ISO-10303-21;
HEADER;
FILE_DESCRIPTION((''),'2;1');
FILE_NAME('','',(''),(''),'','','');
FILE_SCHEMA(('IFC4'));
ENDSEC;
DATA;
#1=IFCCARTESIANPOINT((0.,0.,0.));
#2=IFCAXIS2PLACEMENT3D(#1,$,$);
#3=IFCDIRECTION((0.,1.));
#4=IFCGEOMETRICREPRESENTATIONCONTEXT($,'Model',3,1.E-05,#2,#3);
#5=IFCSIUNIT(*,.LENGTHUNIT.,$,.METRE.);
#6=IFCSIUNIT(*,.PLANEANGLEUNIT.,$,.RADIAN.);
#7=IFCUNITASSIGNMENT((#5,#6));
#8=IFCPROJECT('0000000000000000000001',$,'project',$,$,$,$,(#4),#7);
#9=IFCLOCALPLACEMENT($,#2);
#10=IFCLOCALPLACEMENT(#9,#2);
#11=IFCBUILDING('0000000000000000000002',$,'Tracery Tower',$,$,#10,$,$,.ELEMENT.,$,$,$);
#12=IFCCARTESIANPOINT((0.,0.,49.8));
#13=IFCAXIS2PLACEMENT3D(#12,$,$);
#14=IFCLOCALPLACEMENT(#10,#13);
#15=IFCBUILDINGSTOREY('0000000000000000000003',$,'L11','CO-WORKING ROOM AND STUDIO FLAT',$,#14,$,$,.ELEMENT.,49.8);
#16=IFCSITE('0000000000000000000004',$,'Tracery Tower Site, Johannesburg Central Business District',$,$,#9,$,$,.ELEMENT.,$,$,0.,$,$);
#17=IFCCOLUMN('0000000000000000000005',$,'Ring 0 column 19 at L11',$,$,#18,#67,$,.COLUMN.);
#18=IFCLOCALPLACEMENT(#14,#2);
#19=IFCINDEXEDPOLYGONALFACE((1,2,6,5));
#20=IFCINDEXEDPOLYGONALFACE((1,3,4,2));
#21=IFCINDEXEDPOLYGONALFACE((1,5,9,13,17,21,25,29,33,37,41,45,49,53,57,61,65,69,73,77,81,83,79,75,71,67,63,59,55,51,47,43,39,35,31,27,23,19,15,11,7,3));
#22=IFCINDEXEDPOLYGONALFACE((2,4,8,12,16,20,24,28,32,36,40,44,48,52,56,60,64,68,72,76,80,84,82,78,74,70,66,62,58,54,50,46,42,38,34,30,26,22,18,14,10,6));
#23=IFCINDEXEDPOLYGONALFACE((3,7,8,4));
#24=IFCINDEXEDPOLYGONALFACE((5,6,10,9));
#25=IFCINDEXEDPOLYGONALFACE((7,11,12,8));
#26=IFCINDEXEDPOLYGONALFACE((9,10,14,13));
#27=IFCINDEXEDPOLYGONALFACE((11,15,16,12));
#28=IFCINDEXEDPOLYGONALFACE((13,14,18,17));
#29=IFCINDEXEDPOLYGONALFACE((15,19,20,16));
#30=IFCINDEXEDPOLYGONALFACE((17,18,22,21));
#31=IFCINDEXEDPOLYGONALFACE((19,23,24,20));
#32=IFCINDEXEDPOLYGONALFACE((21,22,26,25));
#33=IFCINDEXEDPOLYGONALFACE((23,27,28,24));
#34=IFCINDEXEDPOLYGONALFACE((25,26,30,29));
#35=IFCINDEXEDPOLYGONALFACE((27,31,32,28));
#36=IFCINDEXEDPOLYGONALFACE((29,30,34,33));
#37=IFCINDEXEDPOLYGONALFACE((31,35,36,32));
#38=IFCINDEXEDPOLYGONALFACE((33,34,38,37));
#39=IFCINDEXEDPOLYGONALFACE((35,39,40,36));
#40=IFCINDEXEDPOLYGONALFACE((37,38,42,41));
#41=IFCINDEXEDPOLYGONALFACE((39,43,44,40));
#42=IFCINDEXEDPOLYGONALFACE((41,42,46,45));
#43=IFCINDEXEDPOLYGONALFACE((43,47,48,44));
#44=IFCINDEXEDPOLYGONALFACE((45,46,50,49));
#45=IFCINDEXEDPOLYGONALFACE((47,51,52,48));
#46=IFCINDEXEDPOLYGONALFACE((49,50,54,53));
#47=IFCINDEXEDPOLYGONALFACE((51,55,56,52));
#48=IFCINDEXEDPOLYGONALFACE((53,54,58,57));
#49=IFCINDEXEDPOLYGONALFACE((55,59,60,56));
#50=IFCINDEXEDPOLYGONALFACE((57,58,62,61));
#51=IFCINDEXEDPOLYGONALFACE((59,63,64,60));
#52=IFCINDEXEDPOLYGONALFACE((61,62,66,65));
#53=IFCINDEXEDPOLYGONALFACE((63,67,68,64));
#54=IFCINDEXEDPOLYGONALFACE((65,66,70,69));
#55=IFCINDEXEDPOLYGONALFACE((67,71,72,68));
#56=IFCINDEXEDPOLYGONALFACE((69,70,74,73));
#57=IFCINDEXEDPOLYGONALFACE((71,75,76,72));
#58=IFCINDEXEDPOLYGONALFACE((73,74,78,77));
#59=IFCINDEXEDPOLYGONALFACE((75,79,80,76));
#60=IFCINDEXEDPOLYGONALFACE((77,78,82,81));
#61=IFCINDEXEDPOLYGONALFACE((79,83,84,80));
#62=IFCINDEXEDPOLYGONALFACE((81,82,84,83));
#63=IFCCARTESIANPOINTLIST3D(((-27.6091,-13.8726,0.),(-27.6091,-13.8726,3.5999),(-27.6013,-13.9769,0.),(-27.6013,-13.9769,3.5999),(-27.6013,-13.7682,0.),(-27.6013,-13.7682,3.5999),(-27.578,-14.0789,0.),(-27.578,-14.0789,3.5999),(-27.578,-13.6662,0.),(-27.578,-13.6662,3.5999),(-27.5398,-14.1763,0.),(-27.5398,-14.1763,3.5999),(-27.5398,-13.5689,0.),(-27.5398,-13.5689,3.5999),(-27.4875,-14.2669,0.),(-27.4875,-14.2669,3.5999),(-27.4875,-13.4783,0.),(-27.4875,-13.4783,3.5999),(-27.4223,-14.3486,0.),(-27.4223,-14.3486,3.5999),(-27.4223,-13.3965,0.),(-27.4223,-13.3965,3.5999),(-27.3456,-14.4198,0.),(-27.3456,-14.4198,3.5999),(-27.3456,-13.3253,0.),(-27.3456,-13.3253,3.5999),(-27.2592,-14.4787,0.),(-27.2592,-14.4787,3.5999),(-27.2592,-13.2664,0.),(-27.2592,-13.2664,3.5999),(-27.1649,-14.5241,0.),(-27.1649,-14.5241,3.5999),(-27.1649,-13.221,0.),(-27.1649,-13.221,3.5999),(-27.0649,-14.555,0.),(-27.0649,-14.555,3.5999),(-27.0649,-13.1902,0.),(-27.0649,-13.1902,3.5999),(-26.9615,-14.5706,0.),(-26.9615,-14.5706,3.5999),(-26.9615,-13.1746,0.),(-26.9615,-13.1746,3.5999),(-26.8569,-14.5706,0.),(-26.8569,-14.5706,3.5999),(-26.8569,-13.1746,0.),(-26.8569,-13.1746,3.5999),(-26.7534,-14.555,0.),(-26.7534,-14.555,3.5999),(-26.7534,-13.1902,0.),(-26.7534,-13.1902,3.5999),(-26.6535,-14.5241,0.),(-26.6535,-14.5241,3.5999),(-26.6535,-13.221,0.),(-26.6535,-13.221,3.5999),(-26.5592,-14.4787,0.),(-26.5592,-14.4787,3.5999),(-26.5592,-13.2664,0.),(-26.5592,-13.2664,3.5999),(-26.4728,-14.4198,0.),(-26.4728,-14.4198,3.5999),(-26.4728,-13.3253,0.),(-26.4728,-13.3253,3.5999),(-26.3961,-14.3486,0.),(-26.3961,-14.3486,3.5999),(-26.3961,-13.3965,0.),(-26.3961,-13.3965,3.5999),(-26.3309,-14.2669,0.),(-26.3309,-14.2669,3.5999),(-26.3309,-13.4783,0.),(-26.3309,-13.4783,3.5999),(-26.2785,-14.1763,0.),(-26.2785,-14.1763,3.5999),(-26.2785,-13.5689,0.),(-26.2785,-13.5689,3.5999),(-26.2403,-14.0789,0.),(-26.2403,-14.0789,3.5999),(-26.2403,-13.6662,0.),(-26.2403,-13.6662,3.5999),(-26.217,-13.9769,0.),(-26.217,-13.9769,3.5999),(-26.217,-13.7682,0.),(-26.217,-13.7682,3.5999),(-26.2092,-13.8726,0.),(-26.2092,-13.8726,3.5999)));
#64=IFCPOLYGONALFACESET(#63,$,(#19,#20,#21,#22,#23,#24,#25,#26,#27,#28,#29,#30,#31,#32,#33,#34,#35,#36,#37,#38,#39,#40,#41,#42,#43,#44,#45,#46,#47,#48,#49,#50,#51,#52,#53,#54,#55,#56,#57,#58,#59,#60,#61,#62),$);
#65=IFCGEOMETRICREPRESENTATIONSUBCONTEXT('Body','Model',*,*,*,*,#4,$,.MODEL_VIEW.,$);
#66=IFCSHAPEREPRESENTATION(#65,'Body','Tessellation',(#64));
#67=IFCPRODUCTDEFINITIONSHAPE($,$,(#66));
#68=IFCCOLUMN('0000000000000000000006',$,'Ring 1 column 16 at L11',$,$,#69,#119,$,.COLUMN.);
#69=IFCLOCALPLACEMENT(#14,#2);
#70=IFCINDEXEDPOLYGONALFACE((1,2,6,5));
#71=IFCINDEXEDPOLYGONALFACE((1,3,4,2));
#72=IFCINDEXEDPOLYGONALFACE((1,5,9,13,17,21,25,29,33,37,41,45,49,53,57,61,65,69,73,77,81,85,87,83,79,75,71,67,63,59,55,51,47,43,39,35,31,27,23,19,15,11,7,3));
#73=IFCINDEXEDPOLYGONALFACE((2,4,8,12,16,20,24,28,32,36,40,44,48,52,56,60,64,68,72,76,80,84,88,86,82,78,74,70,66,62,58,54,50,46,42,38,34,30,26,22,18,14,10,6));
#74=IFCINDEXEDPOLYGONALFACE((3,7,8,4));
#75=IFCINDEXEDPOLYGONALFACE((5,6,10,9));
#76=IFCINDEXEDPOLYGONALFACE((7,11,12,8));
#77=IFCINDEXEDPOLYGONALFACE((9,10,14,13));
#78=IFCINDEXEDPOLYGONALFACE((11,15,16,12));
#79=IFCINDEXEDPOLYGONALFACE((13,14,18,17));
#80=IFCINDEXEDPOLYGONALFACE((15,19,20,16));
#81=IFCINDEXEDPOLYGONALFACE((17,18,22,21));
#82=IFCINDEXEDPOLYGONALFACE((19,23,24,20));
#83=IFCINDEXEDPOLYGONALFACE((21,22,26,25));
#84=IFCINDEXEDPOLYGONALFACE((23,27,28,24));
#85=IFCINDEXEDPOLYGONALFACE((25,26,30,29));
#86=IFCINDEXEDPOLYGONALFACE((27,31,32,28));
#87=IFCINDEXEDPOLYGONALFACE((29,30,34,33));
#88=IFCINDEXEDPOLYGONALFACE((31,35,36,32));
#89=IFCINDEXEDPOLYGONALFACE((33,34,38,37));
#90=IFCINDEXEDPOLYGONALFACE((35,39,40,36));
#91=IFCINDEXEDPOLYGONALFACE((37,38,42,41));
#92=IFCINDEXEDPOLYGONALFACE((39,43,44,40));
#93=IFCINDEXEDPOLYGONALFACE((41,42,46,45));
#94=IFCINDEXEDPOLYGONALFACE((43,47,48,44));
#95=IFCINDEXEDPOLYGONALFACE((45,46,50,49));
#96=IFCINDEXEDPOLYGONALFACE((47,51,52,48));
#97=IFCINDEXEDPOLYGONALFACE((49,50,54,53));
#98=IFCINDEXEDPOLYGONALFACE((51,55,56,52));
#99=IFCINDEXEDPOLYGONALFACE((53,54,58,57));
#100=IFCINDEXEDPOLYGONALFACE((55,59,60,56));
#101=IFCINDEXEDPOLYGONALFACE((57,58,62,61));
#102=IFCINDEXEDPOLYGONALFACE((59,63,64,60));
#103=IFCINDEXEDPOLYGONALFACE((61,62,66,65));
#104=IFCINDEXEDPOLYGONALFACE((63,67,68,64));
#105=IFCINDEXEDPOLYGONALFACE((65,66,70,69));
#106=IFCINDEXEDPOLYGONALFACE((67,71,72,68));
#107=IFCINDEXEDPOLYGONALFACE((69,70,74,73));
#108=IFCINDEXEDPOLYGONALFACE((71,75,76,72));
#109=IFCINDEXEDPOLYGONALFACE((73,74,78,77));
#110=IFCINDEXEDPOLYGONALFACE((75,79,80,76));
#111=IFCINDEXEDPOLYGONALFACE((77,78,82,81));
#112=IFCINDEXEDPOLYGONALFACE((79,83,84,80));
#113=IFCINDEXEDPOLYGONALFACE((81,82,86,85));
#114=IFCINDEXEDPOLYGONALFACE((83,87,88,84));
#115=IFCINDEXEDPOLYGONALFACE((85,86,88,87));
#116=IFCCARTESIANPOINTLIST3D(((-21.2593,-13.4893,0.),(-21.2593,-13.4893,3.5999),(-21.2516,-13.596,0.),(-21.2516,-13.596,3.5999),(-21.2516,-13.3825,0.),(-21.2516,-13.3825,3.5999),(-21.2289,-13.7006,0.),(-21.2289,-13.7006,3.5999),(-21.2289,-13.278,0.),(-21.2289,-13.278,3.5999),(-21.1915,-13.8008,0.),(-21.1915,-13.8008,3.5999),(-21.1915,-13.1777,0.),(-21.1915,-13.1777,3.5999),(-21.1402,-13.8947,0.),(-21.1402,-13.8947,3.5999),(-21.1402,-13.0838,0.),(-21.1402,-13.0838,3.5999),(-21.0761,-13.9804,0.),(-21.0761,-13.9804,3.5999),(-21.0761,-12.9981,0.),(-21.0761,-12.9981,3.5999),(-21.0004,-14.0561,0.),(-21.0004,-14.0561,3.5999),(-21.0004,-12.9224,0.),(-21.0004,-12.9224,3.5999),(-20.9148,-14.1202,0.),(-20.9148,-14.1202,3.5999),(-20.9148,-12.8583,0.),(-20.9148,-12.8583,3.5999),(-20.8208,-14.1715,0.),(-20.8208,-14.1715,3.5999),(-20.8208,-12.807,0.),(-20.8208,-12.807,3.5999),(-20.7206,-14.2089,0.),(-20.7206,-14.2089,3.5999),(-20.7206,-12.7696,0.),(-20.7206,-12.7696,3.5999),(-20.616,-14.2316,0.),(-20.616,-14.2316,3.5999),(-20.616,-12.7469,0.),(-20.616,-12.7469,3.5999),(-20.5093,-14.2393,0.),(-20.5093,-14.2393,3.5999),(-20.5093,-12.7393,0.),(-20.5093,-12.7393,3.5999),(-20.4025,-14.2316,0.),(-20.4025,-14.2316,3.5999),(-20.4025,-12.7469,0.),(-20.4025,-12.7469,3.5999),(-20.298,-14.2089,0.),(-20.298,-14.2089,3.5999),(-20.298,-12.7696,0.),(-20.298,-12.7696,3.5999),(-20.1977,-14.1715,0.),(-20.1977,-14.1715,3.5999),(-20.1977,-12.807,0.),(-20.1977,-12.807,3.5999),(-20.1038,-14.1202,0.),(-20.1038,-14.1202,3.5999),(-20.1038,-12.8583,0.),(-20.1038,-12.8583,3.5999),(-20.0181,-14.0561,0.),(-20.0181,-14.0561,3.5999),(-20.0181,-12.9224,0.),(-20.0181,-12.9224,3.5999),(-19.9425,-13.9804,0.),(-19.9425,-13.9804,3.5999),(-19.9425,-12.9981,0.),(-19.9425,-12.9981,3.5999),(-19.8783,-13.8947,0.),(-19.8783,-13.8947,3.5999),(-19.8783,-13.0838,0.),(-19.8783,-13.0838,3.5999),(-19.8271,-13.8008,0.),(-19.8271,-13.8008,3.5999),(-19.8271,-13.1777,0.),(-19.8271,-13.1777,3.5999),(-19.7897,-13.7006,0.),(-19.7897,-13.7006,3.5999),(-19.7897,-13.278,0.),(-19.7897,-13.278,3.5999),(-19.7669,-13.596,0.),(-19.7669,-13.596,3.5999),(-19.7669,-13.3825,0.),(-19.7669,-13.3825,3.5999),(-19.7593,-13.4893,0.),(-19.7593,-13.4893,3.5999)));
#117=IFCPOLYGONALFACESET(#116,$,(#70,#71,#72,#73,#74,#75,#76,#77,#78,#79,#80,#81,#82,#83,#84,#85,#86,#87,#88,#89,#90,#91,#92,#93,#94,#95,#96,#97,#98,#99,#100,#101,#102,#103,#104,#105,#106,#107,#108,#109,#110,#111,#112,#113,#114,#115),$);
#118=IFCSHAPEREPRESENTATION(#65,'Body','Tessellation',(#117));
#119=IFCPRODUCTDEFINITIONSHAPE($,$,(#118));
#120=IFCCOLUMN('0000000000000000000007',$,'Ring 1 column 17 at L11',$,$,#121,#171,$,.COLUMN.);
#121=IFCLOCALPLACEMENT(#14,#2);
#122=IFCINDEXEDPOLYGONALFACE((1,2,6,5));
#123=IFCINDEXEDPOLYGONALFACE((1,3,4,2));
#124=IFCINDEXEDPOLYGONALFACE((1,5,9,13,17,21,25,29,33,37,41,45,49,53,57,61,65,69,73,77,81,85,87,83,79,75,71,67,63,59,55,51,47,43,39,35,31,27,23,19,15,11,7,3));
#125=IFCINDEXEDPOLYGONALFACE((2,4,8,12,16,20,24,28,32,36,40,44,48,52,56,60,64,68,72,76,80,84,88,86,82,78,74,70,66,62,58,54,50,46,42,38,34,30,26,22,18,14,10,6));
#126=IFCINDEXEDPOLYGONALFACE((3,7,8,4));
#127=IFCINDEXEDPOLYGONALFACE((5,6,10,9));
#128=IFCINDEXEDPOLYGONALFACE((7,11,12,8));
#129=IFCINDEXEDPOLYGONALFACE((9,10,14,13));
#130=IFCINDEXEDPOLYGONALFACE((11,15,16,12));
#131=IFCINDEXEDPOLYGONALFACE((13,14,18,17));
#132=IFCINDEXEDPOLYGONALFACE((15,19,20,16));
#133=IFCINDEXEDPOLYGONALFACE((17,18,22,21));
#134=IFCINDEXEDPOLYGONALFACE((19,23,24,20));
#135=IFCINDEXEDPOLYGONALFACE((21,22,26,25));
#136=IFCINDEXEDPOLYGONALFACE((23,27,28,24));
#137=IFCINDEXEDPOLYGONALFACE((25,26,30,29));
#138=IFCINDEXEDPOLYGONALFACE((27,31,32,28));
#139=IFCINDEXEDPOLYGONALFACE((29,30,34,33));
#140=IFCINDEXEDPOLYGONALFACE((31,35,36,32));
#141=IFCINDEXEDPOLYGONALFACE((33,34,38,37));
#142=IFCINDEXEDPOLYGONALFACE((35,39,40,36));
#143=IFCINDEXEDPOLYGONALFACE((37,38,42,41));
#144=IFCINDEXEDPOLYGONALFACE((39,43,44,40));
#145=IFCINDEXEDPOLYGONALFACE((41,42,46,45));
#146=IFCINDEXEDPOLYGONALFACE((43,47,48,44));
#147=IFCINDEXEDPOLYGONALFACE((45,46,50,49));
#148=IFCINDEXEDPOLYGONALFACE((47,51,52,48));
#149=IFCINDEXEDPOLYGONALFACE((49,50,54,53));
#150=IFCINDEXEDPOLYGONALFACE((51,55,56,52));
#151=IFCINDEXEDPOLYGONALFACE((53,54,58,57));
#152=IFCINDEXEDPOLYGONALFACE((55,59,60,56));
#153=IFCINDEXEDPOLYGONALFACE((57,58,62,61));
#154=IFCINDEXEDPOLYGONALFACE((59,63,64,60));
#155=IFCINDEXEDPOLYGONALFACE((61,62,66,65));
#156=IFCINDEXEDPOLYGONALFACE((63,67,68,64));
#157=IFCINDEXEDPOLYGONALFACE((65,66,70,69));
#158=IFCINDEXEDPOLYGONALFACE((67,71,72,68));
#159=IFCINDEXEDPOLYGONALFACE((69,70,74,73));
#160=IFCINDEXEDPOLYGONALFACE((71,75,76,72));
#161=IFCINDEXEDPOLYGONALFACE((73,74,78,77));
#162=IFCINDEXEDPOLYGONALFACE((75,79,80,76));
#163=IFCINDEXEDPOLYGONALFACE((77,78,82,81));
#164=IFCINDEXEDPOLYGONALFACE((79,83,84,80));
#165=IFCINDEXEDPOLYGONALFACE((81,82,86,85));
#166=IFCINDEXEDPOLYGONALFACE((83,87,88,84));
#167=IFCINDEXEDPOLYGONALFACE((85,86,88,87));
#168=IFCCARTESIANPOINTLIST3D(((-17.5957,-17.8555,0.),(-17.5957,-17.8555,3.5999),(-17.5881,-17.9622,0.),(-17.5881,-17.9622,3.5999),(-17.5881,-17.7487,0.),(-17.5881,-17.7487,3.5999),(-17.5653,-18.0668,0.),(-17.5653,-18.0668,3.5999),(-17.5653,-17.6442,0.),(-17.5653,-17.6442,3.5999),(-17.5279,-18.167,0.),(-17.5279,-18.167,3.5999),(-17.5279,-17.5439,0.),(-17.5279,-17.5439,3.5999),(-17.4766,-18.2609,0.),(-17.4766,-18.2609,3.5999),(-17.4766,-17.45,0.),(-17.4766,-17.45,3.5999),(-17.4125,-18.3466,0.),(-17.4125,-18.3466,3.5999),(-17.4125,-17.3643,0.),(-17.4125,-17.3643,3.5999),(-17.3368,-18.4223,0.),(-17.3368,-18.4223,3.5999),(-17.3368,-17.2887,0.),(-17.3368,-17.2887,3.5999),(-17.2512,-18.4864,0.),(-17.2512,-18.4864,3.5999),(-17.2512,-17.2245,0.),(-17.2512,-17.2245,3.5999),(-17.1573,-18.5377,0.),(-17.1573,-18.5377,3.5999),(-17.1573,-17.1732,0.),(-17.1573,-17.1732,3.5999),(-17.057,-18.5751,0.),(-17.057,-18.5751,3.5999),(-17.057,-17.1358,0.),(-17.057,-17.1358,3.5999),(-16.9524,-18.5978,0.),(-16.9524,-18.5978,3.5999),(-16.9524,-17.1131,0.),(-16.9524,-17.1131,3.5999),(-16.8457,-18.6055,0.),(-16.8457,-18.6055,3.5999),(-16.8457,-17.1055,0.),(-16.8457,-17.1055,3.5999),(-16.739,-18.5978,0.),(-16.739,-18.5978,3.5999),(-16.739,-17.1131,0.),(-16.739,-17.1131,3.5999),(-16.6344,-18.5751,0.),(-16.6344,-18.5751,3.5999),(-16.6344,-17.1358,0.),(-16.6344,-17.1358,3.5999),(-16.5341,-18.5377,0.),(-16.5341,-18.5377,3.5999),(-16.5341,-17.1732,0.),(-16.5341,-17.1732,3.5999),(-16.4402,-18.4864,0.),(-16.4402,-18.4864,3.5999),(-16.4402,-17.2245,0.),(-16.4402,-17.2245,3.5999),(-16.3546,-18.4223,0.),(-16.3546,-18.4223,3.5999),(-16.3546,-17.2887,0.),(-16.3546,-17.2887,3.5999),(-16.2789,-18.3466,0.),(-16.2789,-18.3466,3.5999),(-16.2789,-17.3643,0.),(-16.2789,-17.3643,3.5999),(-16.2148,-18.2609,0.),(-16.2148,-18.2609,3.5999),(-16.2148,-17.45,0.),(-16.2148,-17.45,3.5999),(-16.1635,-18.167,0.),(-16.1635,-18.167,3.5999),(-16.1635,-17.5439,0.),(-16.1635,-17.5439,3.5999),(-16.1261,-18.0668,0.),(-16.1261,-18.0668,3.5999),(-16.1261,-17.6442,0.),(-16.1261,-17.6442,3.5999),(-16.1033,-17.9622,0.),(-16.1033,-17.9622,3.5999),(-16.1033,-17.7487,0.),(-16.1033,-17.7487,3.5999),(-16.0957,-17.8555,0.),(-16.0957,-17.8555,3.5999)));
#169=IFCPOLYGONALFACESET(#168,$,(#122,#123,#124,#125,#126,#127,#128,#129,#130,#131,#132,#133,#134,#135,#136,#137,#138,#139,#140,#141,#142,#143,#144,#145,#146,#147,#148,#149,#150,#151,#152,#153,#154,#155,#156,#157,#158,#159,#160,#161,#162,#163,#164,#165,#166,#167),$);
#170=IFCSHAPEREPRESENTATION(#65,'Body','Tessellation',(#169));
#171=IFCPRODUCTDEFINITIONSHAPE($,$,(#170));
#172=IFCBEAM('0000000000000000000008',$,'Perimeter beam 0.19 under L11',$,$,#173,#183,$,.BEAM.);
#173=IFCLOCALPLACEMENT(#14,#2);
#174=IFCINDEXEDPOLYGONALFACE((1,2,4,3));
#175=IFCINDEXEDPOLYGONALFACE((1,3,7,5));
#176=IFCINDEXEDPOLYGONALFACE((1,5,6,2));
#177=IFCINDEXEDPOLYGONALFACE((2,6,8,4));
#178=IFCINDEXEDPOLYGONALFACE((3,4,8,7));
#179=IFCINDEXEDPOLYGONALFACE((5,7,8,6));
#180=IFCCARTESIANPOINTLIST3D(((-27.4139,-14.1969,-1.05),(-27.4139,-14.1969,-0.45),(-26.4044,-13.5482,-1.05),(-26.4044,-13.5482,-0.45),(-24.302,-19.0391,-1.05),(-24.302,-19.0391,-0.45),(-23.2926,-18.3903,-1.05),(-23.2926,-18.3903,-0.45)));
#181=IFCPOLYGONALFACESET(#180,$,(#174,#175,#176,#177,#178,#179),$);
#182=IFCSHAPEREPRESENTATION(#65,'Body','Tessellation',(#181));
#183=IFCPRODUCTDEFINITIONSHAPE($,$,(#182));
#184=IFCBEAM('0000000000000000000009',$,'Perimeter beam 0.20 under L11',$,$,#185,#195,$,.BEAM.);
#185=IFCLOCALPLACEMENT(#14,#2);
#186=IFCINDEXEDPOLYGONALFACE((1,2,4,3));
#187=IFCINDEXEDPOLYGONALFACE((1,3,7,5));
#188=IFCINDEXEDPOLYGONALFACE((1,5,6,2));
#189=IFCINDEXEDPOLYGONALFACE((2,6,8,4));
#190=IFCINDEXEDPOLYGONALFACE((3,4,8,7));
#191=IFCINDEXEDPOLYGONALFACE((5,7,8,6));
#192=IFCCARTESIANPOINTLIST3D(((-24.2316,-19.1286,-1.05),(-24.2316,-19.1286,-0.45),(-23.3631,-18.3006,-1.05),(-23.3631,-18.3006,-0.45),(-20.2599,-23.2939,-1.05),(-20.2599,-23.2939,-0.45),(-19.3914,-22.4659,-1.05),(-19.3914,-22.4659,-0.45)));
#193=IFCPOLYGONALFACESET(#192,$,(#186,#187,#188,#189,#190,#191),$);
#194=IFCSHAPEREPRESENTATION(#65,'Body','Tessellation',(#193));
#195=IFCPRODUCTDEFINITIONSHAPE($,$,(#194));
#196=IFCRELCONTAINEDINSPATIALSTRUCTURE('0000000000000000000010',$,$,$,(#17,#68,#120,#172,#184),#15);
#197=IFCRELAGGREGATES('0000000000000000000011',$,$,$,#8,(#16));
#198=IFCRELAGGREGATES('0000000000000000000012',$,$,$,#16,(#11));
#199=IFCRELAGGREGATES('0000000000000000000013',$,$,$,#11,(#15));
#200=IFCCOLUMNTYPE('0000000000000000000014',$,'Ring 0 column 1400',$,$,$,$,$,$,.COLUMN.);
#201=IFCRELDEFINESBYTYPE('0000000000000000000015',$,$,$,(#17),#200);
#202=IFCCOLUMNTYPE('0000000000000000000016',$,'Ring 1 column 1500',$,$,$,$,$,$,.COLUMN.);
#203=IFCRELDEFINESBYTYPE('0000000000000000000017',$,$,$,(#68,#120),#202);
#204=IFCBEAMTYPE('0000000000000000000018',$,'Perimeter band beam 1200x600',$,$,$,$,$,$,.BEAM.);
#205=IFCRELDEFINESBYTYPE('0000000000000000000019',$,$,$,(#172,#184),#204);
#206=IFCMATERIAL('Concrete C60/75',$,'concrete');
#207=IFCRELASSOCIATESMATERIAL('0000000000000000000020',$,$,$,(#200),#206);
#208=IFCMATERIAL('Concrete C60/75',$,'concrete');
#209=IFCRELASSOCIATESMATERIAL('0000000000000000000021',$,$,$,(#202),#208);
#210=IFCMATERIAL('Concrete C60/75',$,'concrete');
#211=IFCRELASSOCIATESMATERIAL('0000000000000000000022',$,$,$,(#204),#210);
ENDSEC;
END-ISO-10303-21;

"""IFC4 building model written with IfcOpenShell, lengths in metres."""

from ifc_helpers import new_model, si_unit, direction, frame, origin, origin_2d, place, context, subcontext, project, spatial, rectangle, circle, extrude, material, material_profile, profile_set, type_object, element, save


model = new_model("IFC4")

# Units and contexts
model_context = context("Model", 3, precision=1e-05, world=origin(), true_north=direction((0.0, 1.0)))
body_context = subcontext(model_context, "Body", "Model", "MODEL_VIEW")
ifc_project = project(units=[si_unit("LENGTHUNIT", "METRE"), si_unit("PLANEANGLEUNIT", "RADIAN")], contexts=[model_context])

# Site, building, storey
site_placement = place(None, origin())
site = spatial("IfcSite", under=ifc_project, at=site_placement, Name="Tracery Tower Site, Johannesburg Central Business District", CompositionType="ELEMENT", RefElevation=0.0)
building_placement = place(site_placement, origin())
building = spatial("IfcBuilding", under=site, at=building_placement, Name="Tracery Tower", CompositionType="ELEMENT")
storey_placement = place(building_placement, frame((0.0, 0.0, 49.8)))
storey = spatial("IfcBuildingStorey", under=building, at=storey_placement, Name="L11", Description="CO-WORKING ROOM AND STUDIO FLAT", CompositionType="ELEMENT", Elevation=49.8)

# Columns
ifc_material_1 = material(Name="Concrete C60/75", Category="concrete")
ifc_material_profile_1 = material_profile(ifc_material_1, circle(Radius=0.7, at=origin_2d()), Name="RC D1400")
ifc_profile_set_1 = profile_set([ifc_material_profile_1], Name="Concrete C60/75")
column_type_1 = type_object("IfcColumnType", Name="Ring 0 column 1400", PredefinedType="COLUMN", material=ifc_profile_set_1)
column_placement = place(storey_placement, frame((-26.9092, -13.8726, 0.0), z_axis=(0.0, 0.0, 1.0), x_axis=(1.0, 0.0, 0.0)))
element("IfcColumn", 1, at=column_placement, inside=storey, type_object=column_type_1, Name="Ring 0 column 19 at L11", PredefinedType="COLUMN", context=body_context, shape_type="SweptSolid", body=[
    extrude(circle(Radius=0.7, at=origin_2d()), origin(), (0.0, 0.0, 1.0), 3.5999),
])
ifc_material_2 = material(Name="Concrete C60/75", Category="concrete")
ifc_material_profile_2 = material_profile(ifc_material_2, circle(Radius=0.75, at=origin_2d()), Name="RC D1500")
ifc_profile_set_2 = profile_set([ifc_material_profile_2], Name="Concrete C60/75")
column_type_2 = type_object("IfcColumnType", Name="Ring 1 column 1500", PredefinedType="COLUMN", material=ifc_profile_set_2)
for number, where, z_axis, x_axis, name in (
    (2, (-20.5093, -13.4893, 0.0), (0.0, 0.0, 1.0), (1.0, 0.0, 0.0), "Ring 1 column 16 at L11"),
    (3, (-16.8457, -17.8555, 0.0), (0.0, 0.0, 1.0), (1.0, 0.0, 0.0), "Ring 1 column 17 at L11"),
):
    element("IfcColumn", number, at=place(storey_placement, frame(where, z_axis=z_axis, x_axis=x_axis)), inside=storey, type_object=column_type_2, Name=name, PredefinedType="COLUMN", context=body_context, shape_type="SweptSolid", body=[
        extrude(circle(Radius=0.75, at=origin_2d()), origin(), (0.0, 0.0, 1.0), 3.5999),
    ])

# Beams
ifc_material_3 = material(Name="Concrete C60/75", Category="concrete")
ifc_material_profile_3 = material_profile(ifc_material_3, rectangle(XDim=1.2, YDim=0.6001, at=origin_2d()), Name="RC 1200x600")
ifc_profile_set_3 = profile_set([ifc_material_profile_3], Name="Concrete C60/75")
beam_type = type_object("IfcBeamType", Name="Perimeter band beam 1200x600", PredefinedType="BEAM", material=ifc_profile_set_3)
beam_1_placement = place(storey_placement, frame((-26.9092, -13.8726, -0.75), z_axis=(0.540644, -0.841252, 0.0), x_axis=(0.841252, 0.540644, 0.0)))
element("IfcBeam", 4, at=beam_1_placement, inside=storey, type_object=beam_type, Name="Perimeter beam 0.19 under L11", PredefinedType="BEAM", context=body_context, shape_type="SweptSolid", body=[
    extrude(rectangle(XDim=1.2, YDim=0.6001, at=origin_2d()), origin(), (0.0, 0.0, 1.0), 5.7559),
])
beam_2_placement = place(storey_placement, frame((-23.7974, -18.7146, -0.75), z_axis=(0.690087, -0.723726, 0.0), x_axis=(0.723726, 0.690087, 0.0)))
element("IfcBeam", 5, at=beam_2_placement, inside=storey, type_object=beam_type, Name="Perimeter beam 0.20 under L11", PredefinedType="BEAM", context=body_context, shape_type="SweptSolid", body=[
    extrude(rectangle(XDim=1.2, YDim=0.6001, at=origin_2d()), origin(), (0.0, 0.0, 1.0), 5.7554),
])

save(model, "model.ifc")
